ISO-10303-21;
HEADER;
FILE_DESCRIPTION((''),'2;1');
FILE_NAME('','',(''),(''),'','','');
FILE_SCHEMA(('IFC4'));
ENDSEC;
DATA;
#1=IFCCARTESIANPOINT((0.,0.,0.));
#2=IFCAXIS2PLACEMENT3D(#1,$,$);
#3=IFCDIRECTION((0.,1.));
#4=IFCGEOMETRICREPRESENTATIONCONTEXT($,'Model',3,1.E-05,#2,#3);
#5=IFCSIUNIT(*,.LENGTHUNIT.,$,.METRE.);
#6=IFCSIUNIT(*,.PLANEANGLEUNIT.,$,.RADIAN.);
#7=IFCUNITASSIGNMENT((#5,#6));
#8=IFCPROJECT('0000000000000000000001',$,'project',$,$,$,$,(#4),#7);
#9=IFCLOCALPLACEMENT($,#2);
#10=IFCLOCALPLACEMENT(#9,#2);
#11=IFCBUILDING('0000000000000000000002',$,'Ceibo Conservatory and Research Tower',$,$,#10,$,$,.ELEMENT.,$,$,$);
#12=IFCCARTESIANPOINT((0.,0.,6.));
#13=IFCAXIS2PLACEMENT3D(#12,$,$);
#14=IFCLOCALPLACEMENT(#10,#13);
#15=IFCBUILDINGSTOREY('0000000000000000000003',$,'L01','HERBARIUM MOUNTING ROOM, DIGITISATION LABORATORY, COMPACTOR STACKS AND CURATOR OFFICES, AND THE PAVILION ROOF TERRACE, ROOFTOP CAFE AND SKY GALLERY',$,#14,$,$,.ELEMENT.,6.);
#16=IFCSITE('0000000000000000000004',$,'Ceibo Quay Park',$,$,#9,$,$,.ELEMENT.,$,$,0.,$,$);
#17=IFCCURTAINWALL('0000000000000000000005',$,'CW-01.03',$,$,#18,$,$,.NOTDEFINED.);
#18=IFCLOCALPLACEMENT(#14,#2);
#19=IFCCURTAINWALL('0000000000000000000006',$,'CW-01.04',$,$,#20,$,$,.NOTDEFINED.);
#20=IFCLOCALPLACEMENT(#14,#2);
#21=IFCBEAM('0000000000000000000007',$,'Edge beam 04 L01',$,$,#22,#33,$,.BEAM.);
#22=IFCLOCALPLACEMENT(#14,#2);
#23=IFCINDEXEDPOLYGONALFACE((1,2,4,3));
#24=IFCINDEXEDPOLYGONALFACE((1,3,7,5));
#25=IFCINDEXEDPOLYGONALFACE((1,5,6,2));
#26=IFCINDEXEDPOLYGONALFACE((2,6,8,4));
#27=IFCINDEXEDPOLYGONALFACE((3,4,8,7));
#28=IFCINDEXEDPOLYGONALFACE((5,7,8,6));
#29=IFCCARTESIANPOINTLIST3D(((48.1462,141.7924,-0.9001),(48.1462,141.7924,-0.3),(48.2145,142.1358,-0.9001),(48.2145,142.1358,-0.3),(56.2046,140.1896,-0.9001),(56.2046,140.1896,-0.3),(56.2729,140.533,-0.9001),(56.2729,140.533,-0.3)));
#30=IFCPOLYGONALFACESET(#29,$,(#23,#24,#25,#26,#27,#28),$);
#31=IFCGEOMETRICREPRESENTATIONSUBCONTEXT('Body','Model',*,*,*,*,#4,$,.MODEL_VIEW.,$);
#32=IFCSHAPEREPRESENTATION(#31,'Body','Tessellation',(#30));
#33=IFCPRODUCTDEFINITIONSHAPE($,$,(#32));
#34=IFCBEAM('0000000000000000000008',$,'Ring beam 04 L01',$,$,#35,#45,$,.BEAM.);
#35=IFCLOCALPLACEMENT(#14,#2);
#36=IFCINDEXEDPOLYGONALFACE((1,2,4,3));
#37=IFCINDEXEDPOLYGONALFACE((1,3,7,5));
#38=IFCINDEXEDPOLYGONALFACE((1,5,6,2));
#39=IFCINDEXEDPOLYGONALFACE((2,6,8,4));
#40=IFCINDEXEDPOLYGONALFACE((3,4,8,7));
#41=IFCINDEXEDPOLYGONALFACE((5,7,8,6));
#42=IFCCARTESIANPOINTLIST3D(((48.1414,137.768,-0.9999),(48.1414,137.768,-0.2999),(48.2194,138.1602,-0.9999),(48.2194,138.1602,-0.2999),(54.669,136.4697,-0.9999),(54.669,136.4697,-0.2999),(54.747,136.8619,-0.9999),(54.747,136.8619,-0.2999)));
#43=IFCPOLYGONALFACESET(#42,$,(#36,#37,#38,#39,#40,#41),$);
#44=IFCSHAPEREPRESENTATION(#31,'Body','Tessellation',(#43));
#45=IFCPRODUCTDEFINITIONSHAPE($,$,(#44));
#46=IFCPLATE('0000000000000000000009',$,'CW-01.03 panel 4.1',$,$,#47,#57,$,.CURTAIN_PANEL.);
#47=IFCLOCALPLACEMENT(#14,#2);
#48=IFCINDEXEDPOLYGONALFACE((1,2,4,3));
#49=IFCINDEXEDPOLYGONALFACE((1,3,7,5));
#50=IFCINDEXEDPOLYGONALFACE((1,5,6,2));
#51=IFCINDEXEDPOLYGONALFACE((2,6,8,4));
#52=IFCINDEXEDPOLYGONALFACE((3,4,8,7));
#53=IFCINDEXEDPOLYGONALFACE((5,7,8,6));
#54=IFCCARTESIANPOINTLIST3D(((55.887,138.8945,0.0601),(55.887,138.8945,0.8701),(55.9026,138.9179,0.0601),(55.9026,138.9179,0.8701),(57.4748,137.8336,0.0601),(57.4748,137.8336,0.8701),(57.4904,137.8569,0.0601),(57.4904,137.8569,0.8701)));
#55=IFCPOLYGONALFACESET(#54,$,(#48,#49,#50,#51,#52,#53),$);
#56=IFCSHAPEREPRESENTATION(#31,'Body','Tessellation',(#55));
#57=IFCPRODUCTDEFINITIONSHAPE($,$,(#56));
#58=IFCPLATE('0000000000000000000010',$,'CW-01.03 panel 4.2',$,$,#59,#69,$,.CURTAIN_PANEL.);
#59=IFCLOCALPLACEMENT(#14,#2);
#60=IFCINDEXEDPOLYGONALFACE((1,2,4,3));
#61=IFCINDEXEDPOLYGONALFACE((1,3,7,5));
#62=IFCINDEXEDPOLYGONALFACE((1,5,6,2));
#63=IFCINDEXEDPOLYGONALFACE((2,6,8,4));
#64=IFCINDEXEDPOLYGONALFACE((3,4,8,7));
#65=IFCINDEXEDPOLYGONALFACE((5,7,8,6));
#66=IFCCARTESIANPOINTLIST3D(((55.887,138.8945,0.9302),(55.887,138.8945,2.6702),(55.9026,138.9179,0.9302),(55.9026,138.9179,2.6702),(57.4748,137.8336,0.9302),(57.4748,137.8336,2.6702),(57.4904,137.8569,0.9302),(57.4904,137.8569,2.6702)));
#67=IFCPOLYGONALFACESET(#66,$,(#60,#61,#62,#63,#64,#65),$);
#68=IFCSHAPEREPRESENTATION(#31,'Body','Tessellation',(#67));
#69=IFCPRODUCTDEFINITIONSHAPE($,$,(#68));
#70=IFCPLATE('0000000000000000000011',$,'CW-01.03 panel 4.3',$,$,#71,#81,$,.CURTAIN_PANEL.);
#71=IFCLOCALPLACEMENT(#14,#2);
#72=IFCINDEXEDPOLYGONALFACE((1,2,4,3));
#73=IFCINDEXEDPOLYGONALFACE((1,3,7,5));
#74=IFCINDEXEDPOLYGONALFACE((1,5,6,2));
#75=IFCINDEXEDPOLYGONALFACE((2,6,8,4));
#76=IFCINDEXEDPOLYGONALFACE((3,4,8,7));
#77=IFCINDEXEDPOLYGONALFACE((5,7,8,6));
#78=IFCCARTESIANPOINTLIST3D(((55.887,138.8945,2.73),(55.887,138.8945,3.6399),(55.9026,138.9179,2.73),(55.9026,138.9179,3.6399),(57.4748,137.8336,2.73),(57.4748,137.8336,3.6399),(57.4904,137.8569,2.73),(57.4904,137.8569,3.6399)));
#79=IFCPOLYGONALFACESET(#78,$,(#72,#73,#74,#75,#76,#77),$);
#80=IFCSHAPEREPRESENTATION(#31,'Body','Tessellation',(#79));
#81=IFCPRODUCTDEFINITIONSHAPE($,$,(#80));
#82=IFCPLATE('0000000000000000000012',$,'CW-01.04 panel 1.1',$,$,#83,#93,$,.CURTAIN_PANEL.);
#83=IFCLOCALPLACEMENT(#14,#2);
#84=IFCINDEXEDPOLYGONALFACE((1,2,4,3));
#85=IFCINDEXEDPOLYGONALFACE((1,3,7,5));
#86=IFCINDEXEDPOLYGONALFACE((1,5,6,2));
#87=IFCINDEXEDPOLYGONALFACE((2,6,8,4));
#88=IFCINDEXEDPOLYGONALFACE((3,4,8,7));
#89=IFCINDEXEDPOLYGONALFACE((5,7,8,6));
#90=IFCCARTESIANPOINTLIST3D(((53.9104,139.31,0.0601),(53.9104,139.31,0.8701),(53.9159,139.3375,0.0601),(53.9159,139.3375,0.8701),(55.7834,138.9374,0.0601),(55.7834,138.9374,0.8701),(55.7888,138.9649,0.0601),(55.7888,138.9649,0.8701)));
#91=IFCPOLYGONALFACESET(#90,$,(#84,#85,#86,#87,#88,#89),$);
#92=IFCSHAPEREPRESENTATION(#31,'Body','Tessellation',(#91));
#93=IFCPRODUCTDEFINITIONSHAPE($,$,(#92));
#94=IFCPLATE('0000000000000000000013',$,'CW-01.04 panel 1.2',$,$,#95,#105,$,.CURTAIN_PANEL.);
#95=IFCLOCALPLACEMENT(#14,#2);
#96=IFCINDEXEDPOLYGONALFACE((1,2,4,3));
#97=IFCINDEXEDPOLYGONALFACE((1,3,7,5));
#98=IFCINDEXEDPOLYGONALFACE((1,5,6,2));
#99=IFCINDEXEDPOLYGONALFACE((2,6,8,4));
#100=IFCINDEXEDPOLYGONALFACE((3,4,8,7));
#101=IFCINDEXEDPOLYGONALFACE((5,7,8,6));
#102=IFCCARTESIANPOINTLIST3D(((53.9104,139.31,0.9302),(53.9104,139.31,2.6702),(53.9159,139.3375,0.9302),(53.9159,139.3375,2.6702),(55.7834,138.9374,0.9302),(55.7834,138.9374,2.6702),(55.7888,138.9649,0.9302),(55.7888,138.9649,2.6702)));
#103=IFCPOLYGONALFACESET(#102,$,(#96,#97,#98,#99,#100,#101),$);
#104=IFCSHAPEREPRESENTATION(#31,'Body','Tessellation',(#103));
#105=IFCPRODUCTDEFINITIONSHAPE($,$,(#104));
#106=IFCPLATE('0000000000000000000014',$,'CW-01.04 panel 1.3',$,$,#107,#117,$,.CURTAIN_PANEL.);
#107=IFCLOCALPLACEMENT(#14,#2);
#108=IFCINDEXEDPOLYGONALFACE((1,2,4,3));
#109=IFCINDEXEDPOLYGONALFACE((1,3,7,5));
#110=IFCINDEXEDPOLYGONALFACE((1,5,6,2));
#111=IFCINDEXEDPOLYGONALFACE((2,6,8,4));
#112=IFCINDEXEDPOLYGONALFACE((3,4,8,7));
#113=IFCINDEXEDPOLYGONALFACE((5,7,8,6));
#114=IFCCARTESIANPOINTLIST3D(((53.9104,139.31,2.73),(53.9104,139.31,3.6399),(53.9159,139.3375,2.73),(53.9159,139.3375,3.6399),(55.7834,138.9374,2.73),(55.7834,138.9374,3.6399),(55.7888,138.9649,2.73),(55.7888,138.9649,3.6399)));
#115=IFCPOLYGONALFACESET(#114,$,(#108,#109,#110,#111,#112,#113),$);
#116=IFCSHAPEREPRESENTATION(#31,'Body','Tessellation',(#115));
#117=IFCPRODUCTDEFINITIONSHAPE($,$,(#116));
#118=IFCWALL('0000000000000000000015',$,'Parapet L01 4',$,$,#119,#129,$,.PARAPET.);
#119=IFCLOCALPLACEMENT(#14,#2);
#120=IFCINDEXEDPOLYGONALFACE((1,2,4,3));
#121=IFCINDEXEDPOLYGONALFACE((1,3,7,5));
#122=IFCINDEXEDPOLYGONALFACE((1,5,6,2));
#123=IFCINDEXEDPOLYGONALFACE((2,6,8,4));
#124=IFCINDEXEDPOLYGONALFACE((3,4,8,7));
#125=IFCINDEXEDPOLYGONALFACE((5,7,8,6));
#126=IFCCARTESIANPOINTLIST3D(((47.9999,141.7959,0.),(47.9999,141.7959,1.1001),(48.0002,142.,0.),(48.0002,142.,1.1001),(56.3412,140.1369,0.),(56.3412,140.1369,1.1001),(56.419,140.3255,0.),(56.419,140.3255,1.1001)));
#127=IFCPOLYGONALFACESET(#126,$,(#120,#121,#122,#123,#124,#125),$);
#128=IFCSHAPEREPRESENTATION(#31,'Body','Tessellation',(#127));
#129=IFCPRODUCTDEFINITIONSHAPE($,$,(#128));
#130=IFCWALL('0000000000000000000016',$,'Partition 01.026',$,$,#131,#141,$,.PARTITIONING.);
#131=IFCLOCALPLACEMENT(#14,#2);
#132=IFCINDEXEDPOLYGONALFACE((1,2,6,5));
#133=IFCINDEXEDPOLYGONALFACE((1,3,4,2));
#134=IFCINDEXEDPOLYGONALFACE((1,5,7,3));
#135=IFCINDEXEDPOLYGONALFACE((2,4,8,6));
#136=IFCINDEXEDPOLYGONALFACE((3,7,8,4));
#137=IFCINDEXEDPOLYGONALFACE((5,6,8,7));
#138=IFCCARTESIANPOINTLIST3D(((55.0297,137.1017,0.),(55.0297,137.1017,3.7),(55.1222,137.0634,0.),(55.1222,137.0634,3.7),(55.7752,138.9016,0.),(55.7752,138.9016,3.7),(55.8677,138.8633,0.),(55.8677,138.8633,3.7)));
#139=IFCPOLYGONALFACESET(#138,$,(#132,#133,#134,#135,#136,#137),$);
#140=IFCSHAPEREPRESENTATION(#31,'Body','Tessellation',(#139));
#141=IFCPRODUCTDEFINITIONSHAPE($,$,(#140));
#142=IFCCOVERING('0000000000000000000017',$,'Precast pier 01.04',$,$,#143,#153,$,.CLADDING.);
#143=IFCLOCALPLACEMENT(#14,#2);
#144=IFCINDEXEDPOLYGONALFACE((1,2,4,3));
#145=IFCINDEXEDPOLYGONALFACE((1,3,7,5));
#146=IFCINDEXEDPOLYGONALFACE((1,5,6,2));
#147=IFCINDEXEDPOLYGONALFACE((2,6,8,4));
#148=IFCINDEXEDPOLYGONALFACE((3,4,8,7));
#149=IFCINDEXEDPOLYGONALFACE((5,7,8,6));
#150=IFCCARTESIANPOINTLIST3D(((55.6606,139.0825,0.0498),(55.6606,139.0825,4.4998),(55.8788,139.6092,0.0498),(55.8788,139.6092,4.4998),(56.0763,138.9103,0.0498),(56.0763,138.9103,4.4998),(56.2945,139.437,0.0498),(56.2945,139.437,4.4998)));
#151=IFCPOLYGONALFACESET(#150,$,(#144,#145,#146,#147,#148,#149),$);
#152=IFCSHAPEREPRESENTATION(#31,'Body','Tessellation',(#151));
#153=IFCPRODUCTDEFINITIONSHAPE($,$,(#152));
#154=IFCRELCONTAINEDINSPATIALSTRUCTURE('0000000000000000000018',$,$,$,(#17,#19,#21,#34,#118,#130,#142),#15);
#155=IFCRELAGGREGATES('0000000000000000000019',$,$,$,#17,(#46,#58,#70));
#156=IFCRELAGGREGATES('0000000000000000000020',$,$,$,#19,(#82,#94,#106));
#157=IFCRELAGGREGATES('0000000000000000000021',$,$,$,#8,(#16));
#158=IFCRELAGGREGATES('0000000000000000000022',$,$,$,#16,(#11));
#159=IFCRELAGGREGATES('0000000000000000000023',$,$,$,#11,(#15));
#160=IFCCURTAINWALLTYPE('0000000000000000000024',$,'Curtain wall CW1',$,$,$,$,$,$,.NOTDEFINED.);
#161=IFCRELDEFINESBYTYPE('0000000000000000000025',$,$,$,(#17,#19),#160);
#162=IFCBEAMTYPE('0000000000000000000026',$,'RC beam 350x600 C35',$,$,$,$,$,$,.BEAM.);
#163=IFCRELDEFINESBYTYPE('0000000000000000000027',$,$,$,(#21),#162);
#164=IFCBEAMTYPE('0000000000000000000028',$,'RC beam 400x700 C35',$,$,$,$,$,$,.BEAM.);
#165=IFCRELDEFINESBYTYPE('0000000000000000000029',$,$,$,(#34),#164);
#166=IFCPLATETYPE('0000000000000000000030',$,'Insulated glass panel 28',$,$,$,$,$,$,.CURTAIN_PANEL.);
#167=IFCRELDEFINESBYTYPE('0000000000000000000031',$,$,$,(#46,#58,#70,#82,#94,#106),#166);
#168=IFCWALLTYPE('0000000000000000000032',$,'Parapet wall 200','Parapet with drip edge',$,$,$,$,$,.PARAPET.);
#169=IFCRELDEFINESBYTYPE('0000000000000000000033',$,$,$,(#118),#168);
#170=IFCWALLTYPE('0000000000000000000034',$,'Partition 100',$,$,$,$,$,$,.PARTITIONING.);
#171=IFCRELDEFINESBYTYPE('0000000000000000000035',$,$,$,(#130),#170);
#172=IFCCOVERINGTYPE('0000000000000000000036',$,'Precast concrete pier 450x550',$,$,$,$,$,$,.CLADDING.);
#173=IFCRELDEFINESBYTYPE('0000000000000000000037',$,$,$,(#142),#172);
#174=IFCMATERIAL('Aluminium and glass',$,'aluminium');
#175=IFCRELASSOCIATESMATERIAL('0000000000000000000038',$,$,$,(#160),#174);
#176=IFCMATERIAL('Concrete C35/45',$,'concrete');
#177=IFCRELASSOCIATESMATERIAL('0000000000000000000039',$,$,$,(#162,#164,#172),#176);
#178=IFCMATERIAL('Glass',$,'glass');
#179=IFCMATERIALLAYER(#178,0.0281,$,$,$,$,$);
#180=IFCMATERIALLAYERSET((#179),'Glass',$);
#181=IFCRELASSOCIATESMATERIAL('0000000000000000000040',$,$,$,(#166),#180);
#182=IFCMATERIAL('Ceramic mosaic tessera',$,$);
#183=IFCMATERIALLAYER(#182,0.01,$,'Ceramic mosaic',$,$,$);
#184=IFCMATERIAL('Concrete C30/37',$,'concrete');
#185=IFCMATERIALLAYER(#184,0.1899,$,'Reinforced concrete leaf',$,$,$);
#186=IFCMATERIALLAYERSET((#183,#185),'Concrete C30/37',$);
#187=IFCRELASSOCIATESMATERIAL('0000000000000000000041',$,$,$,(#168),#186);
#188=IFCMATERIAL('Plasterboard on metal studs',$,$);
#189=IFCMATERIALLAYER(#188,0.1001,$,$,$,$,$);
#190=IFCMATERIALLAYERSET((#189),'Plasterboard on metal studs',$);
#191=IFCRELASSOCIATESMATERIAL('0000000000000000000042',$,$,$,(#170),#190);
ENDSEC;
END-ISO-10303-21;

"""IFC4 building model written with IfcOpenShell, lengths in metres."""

from ifc_helpers import new_model, si_unit, direction, frame, frame_2d, origin, origin_2d, place, context, subcontext, project, spatial, polyline, rectangle, outline, extrude, material, layer, layer_set, material_profile, profile_set, type_object, element, aggregate, save


model = new_model("IFC4")

# Units and contexts
model_context = context("Model", 3, precision=1e-05, world=origin(), true_north=direction((0.0, 1.0)))
body_context = subcontext(model_context, "Body", "Model", "MODEL_VIEW")
ifc_project = project(units=[si_unit("LENGTHUNIT", "METRE"), si_unit("PLANEANGLEUNIT", "RADIAN")], contexts=[model_context])

# Site, building, storey
site_placement = place(None, origin())
site = spatial("IfcSite", under=ifc_project, at=site_placement, Name="Ceibo Quay Park", CompositionType="ELEMENT", RefElevation=0.0)
building_placement = place(site_placement, origin())
building = spatial("IfcBuilding", under=site, at=building_placement, Name="Ceibo Conservatory and Research Tower", CompositionType="ELEMENT")
storey_placement = place(building_placement, frame((0.0, 0.0, 6.0)))
storey = spatial("IfcBuildingStorey", under=building, at=storey_placement, Name="L01", Description="HERBARIUM MOUNTING ROOM, DIGITISATION LABORATORY, COMPACTOR STACKS AND CURATOR OFFICES, AND THE PAVILION ROOF TERRACE, ROOFTOP CAFE AND SKY GALLERY", CompositionType="ELEMENT", Elevation=6.0)

# Curtain wall
ifc_material_1 = material(Name="Aluminium and glass", Category="aluminium")
curtain_wall_type = type_object("IfcCurtainWallType", Name="Curtain wall CW1", PredefinedType="NOTDEFINED", material=ifc_material_1)
curtain_wall_1_placement = place(storey_placement, origin())
curtain_wall_1 = element("IfcCurtainWall", 1, at=curtain_wall_1_placement, inside=storey, type_object=curtain_wall_type, Name="CW-01.03", PredefinedType="NOTDEFINED")

# Curtain wall
curtain_wall_2_placement = place(storey_placement, origin())
curtain_wall_2 = element("IfcCurtainWall", 2, at=curtain_wall_2_placement, inside=storey, type_object=curtain_wall_type, Name="CW-01.04", PredefinedType="NOTDEFINED")

# Beams
ifc_material_2 = material(Name="Concrete C35/45", Category="concrete")
ifc_material_profile_1 = material_profile(ifc_material_2, rectangle(XDim=0.3501, YDim=0.6001, at=origin_2d()), Name="RC 350x600")
ifc_profile_set_1 = profile_set([ifc_material_profile_1], Name="Concrete C35/45")
beam_type_1 = type_object("IfcBeamType", Name="RC beam 350x600 C35", PredefinedType="BEAM", material=ifc_profile_set_1)
beam_1_placement = place(storey_placement, frame((56.2388, 140.3613, -0.6001), z_axis=(-0.980788, 0.195076, 0.0), x_axis=(-0.195076, -0.980788, 0.0)))
element("IfcBeam", 3, at=beam_1_placement, inside=storey, type_object=beam_type_1, Name="Edge beam 04 L01", PredefinedType="BEAM", context=body_context, shape_type="SweptSolid", body=[
    extrude(rectangle(XDim=0.3501, YDim=0.6001, at=origin_2d()), origin(), (0.0, 0.0, 1.0), 8.2163),
])
ifc_material_profile_2 = material_profile(ifc_material_2, rectangle(XDim=0.3999, YDim=0.7, at=origin_2d()), Name="RC 400x700")
ifc_profile_set_2 = profile_set([ifc_material_profile_2], Name="Concrete C35/45")
beam_type_2 = type_object("IfcBeamType", Name="RC beam 400x700 C35", PredefinedType="BEAM", material=ifc_profile_set_2)
beam_2_placement = place(storey_placement, frame((54.708, 136.6658, -0.6499), z_axis=(-0.980788, 0.195079, 0.0), x_axis=(-0.195079, -0.980788, 0.0)))
element("IfcBeam", 4, at=beam_2_placement, inside=storey, type_object=beam_type_2, Name="Ring beam 04 L01", PredefinedType="BEAM", context=body_context, shape_type="SweptSolid", body=[
    extrude(rectangle(XDim=0.3999, YDim=0.7, at=origin_2d()), origin(), (0.0, 0.0, 1.0), 6.6555),
])

# Plates
ifc_material_3 = material(Name="Glass", Category="glass")
ifc_layer_1 = layer(ifc_material_3, 0.0281)
ifc_layer_set_1 = layer_set([ifc_layer_1], Name="Glass")
plate_type = type_object("IfcPlateType", Name="Insulated glass panel 28", PredefinedType="CURTAIN_PANEL", material=ifc_layer_set_1)
plate_1_placement = place(storey_placement, frame((56.6887, 138.3757, 0.0601), z_axis=(0.0, 0.0, 1.0), x_axis=(-0.83147, 0.55557, 0.0)))
plate_1 = element("IfcPlate", 5, at=plate_1_placement, type_object=plate_type, Name="CW-01.03 panel 4.1", PredefinedType="CURTAIN_PANEL", context=body_context, shape_type="SweptSolid", body=[
    extrude(rectangle(XDim=1.9097, YDim=0.0281, at=origin_2d()), origin(), (0.0, 0.0, 1.0), 0.8101),
])
plate_2_placement = place(storey_placement, frame((56.6887, 138.3757, 0.9302), z_axis=(0.0, 0.0, 1.0), x_axis=(-0.83147, 0.55557, 0.0)))
plate_2 = element("IfcPlate", 6, at=plate_2_placement, type_object=plate_type, Name="CW-01.03 panel 4.2", PredefinedType="CURTAIN_PANEL", context=body_context, shape_type="SweptSolid", body=[
    extrude(rectangle(XDim=1.9097, YDim=0.0281, at=origin_2d()), origin(), (0.0, 0.0, 1.0), 1.74),
])
plate_3_placement = place(storey_placement, frame((56.6887, 138.3757, 2.73), z_axis=(0.0, 0.0, 1.0), x_axis=(-0.83147, 0.55557, 0.0)))
plate_3 = element("IfcPlate", 7, at=plate_3_placement, type_object=plate_type, Name="CW-01.03 panel 4.3", PredefinedType="CURTAIN_PANEL", context=body_context, shape_type="SweptSolid", body=[
    extrude(rectangle(XDim=1.9097, YDim=0.0281, at=origin_2d()), origin(), (0.0, 0.0, 1.0), 0.9099),
])
aggregate(curtain_wall_1, [plate_1, plate_2, plate_3])
plate_4_placement = place(storey_placement, frame((54.8496, 139.1375, 0.0601), z_axis=(0.0, 0.0, 1.0), x_axis=(-0.980785, 0.19509, 0.0)))
plate_4 = element("IfcPlate", 8, at=plate_4_placement, type_object=plate_type, Name="CW-01.04 panel 1.1", PredefinedType="CURTAIN_PANEL", context=body_context, shape_type="SweptSolid", body=[
    extrude(rectangle(XDim=1.9097, YDim=0.0281, at=origin_2d()), origin(), (0.0, 0.0, 1.0), 0.8101),
])
plate_5_placement = place(storey_placement, frame((54.8496, 139.1375, 0.9302), z_axis=(0.0, 0.0, 1.0), x_axis=(-0.980785, 0.19509, 0.0)))
plate_5 = element("IfcPlate", 9, at=plate_5_placement, type_object=plate_type, Name="CW-01.04 panel 1.2", PredefinedType="CURTAIN_PANEL", context=body_context, shape_type="SweptSolid", body=[
    extrude(rectangle(XDim=1.9097, YDim=0.0281, at=origin_2d()), origin(), (0.0, 0.0, 1.0), 1.74),
])
plate_6_placement = place(storey_placement, frame((54.8496, 139.1375, 2.73), z_axis=(0.0, 0.0, 1.0), x_axis=(-0.980785, 0.19509, 0.0)))
plate_6 = element("IfcPlate", 10, at=plate_6_placement, type_object=plate_type, Name="CW-01.04 panel 1.3", PredefinedType="CURTAIN_PANEL", context=body_context, shape_type="SweptSolid", body=[
    extrude(rectangle(XDim=1.9097, YDim=0.0281, at=origin_2d()), origin(), (0.0, 0.0, 1.0), 0.9099),
])
aggregate(curtain_wall_2, [plate_4, plate_5, plate_6])

# Walls
ifc_material_4 = material(Name="Ceramic mosaic tessera")
ifc_layer_2 = layer(ifc_material_4, 0.01, Name="Ceramic mosaic")
ifc_material_5 = material(Name="Concrete C30/37", Category="concrete")
ifc_layer_3 = layer(ifc_material_5, 0.1899, Name="Reinforced concrete leaf")
ifc_layer_set_2 = layer_set([ifc_layer_2, ifc_layer_3], Name="Concrete C30/37")
wall_type_1 = type_object("IfcWallType", Name="Parapet wall 200", Description="Parapet with drip edge", PredefinedType="PARAPET", material=ifc_layer_set_2)
wall_1_placement = place(storey_placement, frame((56.3801, 140.2312, 0.0), z_axis=(0.0, 0.0, 1.0), x_axis=(-0.980789, 0.195072, 0.0)))
element("IfcWall", 11, at=wall_1_placement, inside=storey, type_object=wall_type_1, Name="Parapet L01 4", PredefinedType="PARAPET", context=body_context, shape_type="SweptSolid", body=[
    extrude(outline(polyline([(-0.0198, -0.1001), (8.564, -0.1001), (8.5244, 0.1001), (0.0198, 0.1001), (-0.0198, -0.1001)])), origin(), (0.0, 0.0, 1.0), 1.1001),
])
ifc_material_6 = material(Name="Plasterboard on metal studs")
ifc_layer_4 = layer(ifc_material_6, 0.1001)
ifc_layer_set_3 = layer_set([ifc_layer_4], Name="Plasterboard on metal studs")
wall_type_2 = type_object("IfcWallType", Name="Partition 100", PredefinedType="PARTITIONING", material=ifc_layer_set_3)
wall_2_placement = place(storey_placement, frame((55.0759, 137.0825, 0.0), z_axis=(0.0, 0.0, 1.0), x_axis=(0.382684, 0.923879, 0.0)))
element("IfcWall", 12, at=wall_2_placement, inside=storey, type_object=wall_type_2, Name="Partition 01.026", PredefinedType="PARTITIONING", context=body_context, shape_type="SweptSolid", body=[
    extrude(rectangle(XDim=1.9482, YDim=0.1001, at=frame_2d((0.9741, 0.0))), origin(), (0.0, 0.0, 1.0), 3.7),
])

# Covering
covering_type = type_object("IfcCoveringType", Name="Precast concrete pier 450x550", PredefinedType="CLADDING", material=ifc_material_2)
covering_placement = place(storey_placement, frame((55.9775, 139.2598, 0.0498), z_axis=(0.0, 0.0, 1.0), x_axis=(0.382683, 0.92388, 0.0)))
element("IfcCovering", 13, at=covering_placement, inside=storey, type_object=covering_type, Name="Precast pier 01.04", PredefinedType="CLADDING", context=body_context, shape_type="SweptSolid", body=[
    extrude(rectangle(XDim=0.5701, YDim=0.45, at=origin_2d()), origin(), (0.0, 0.0, 1.0), 4.45),
])

save(model, "model.ifc")
